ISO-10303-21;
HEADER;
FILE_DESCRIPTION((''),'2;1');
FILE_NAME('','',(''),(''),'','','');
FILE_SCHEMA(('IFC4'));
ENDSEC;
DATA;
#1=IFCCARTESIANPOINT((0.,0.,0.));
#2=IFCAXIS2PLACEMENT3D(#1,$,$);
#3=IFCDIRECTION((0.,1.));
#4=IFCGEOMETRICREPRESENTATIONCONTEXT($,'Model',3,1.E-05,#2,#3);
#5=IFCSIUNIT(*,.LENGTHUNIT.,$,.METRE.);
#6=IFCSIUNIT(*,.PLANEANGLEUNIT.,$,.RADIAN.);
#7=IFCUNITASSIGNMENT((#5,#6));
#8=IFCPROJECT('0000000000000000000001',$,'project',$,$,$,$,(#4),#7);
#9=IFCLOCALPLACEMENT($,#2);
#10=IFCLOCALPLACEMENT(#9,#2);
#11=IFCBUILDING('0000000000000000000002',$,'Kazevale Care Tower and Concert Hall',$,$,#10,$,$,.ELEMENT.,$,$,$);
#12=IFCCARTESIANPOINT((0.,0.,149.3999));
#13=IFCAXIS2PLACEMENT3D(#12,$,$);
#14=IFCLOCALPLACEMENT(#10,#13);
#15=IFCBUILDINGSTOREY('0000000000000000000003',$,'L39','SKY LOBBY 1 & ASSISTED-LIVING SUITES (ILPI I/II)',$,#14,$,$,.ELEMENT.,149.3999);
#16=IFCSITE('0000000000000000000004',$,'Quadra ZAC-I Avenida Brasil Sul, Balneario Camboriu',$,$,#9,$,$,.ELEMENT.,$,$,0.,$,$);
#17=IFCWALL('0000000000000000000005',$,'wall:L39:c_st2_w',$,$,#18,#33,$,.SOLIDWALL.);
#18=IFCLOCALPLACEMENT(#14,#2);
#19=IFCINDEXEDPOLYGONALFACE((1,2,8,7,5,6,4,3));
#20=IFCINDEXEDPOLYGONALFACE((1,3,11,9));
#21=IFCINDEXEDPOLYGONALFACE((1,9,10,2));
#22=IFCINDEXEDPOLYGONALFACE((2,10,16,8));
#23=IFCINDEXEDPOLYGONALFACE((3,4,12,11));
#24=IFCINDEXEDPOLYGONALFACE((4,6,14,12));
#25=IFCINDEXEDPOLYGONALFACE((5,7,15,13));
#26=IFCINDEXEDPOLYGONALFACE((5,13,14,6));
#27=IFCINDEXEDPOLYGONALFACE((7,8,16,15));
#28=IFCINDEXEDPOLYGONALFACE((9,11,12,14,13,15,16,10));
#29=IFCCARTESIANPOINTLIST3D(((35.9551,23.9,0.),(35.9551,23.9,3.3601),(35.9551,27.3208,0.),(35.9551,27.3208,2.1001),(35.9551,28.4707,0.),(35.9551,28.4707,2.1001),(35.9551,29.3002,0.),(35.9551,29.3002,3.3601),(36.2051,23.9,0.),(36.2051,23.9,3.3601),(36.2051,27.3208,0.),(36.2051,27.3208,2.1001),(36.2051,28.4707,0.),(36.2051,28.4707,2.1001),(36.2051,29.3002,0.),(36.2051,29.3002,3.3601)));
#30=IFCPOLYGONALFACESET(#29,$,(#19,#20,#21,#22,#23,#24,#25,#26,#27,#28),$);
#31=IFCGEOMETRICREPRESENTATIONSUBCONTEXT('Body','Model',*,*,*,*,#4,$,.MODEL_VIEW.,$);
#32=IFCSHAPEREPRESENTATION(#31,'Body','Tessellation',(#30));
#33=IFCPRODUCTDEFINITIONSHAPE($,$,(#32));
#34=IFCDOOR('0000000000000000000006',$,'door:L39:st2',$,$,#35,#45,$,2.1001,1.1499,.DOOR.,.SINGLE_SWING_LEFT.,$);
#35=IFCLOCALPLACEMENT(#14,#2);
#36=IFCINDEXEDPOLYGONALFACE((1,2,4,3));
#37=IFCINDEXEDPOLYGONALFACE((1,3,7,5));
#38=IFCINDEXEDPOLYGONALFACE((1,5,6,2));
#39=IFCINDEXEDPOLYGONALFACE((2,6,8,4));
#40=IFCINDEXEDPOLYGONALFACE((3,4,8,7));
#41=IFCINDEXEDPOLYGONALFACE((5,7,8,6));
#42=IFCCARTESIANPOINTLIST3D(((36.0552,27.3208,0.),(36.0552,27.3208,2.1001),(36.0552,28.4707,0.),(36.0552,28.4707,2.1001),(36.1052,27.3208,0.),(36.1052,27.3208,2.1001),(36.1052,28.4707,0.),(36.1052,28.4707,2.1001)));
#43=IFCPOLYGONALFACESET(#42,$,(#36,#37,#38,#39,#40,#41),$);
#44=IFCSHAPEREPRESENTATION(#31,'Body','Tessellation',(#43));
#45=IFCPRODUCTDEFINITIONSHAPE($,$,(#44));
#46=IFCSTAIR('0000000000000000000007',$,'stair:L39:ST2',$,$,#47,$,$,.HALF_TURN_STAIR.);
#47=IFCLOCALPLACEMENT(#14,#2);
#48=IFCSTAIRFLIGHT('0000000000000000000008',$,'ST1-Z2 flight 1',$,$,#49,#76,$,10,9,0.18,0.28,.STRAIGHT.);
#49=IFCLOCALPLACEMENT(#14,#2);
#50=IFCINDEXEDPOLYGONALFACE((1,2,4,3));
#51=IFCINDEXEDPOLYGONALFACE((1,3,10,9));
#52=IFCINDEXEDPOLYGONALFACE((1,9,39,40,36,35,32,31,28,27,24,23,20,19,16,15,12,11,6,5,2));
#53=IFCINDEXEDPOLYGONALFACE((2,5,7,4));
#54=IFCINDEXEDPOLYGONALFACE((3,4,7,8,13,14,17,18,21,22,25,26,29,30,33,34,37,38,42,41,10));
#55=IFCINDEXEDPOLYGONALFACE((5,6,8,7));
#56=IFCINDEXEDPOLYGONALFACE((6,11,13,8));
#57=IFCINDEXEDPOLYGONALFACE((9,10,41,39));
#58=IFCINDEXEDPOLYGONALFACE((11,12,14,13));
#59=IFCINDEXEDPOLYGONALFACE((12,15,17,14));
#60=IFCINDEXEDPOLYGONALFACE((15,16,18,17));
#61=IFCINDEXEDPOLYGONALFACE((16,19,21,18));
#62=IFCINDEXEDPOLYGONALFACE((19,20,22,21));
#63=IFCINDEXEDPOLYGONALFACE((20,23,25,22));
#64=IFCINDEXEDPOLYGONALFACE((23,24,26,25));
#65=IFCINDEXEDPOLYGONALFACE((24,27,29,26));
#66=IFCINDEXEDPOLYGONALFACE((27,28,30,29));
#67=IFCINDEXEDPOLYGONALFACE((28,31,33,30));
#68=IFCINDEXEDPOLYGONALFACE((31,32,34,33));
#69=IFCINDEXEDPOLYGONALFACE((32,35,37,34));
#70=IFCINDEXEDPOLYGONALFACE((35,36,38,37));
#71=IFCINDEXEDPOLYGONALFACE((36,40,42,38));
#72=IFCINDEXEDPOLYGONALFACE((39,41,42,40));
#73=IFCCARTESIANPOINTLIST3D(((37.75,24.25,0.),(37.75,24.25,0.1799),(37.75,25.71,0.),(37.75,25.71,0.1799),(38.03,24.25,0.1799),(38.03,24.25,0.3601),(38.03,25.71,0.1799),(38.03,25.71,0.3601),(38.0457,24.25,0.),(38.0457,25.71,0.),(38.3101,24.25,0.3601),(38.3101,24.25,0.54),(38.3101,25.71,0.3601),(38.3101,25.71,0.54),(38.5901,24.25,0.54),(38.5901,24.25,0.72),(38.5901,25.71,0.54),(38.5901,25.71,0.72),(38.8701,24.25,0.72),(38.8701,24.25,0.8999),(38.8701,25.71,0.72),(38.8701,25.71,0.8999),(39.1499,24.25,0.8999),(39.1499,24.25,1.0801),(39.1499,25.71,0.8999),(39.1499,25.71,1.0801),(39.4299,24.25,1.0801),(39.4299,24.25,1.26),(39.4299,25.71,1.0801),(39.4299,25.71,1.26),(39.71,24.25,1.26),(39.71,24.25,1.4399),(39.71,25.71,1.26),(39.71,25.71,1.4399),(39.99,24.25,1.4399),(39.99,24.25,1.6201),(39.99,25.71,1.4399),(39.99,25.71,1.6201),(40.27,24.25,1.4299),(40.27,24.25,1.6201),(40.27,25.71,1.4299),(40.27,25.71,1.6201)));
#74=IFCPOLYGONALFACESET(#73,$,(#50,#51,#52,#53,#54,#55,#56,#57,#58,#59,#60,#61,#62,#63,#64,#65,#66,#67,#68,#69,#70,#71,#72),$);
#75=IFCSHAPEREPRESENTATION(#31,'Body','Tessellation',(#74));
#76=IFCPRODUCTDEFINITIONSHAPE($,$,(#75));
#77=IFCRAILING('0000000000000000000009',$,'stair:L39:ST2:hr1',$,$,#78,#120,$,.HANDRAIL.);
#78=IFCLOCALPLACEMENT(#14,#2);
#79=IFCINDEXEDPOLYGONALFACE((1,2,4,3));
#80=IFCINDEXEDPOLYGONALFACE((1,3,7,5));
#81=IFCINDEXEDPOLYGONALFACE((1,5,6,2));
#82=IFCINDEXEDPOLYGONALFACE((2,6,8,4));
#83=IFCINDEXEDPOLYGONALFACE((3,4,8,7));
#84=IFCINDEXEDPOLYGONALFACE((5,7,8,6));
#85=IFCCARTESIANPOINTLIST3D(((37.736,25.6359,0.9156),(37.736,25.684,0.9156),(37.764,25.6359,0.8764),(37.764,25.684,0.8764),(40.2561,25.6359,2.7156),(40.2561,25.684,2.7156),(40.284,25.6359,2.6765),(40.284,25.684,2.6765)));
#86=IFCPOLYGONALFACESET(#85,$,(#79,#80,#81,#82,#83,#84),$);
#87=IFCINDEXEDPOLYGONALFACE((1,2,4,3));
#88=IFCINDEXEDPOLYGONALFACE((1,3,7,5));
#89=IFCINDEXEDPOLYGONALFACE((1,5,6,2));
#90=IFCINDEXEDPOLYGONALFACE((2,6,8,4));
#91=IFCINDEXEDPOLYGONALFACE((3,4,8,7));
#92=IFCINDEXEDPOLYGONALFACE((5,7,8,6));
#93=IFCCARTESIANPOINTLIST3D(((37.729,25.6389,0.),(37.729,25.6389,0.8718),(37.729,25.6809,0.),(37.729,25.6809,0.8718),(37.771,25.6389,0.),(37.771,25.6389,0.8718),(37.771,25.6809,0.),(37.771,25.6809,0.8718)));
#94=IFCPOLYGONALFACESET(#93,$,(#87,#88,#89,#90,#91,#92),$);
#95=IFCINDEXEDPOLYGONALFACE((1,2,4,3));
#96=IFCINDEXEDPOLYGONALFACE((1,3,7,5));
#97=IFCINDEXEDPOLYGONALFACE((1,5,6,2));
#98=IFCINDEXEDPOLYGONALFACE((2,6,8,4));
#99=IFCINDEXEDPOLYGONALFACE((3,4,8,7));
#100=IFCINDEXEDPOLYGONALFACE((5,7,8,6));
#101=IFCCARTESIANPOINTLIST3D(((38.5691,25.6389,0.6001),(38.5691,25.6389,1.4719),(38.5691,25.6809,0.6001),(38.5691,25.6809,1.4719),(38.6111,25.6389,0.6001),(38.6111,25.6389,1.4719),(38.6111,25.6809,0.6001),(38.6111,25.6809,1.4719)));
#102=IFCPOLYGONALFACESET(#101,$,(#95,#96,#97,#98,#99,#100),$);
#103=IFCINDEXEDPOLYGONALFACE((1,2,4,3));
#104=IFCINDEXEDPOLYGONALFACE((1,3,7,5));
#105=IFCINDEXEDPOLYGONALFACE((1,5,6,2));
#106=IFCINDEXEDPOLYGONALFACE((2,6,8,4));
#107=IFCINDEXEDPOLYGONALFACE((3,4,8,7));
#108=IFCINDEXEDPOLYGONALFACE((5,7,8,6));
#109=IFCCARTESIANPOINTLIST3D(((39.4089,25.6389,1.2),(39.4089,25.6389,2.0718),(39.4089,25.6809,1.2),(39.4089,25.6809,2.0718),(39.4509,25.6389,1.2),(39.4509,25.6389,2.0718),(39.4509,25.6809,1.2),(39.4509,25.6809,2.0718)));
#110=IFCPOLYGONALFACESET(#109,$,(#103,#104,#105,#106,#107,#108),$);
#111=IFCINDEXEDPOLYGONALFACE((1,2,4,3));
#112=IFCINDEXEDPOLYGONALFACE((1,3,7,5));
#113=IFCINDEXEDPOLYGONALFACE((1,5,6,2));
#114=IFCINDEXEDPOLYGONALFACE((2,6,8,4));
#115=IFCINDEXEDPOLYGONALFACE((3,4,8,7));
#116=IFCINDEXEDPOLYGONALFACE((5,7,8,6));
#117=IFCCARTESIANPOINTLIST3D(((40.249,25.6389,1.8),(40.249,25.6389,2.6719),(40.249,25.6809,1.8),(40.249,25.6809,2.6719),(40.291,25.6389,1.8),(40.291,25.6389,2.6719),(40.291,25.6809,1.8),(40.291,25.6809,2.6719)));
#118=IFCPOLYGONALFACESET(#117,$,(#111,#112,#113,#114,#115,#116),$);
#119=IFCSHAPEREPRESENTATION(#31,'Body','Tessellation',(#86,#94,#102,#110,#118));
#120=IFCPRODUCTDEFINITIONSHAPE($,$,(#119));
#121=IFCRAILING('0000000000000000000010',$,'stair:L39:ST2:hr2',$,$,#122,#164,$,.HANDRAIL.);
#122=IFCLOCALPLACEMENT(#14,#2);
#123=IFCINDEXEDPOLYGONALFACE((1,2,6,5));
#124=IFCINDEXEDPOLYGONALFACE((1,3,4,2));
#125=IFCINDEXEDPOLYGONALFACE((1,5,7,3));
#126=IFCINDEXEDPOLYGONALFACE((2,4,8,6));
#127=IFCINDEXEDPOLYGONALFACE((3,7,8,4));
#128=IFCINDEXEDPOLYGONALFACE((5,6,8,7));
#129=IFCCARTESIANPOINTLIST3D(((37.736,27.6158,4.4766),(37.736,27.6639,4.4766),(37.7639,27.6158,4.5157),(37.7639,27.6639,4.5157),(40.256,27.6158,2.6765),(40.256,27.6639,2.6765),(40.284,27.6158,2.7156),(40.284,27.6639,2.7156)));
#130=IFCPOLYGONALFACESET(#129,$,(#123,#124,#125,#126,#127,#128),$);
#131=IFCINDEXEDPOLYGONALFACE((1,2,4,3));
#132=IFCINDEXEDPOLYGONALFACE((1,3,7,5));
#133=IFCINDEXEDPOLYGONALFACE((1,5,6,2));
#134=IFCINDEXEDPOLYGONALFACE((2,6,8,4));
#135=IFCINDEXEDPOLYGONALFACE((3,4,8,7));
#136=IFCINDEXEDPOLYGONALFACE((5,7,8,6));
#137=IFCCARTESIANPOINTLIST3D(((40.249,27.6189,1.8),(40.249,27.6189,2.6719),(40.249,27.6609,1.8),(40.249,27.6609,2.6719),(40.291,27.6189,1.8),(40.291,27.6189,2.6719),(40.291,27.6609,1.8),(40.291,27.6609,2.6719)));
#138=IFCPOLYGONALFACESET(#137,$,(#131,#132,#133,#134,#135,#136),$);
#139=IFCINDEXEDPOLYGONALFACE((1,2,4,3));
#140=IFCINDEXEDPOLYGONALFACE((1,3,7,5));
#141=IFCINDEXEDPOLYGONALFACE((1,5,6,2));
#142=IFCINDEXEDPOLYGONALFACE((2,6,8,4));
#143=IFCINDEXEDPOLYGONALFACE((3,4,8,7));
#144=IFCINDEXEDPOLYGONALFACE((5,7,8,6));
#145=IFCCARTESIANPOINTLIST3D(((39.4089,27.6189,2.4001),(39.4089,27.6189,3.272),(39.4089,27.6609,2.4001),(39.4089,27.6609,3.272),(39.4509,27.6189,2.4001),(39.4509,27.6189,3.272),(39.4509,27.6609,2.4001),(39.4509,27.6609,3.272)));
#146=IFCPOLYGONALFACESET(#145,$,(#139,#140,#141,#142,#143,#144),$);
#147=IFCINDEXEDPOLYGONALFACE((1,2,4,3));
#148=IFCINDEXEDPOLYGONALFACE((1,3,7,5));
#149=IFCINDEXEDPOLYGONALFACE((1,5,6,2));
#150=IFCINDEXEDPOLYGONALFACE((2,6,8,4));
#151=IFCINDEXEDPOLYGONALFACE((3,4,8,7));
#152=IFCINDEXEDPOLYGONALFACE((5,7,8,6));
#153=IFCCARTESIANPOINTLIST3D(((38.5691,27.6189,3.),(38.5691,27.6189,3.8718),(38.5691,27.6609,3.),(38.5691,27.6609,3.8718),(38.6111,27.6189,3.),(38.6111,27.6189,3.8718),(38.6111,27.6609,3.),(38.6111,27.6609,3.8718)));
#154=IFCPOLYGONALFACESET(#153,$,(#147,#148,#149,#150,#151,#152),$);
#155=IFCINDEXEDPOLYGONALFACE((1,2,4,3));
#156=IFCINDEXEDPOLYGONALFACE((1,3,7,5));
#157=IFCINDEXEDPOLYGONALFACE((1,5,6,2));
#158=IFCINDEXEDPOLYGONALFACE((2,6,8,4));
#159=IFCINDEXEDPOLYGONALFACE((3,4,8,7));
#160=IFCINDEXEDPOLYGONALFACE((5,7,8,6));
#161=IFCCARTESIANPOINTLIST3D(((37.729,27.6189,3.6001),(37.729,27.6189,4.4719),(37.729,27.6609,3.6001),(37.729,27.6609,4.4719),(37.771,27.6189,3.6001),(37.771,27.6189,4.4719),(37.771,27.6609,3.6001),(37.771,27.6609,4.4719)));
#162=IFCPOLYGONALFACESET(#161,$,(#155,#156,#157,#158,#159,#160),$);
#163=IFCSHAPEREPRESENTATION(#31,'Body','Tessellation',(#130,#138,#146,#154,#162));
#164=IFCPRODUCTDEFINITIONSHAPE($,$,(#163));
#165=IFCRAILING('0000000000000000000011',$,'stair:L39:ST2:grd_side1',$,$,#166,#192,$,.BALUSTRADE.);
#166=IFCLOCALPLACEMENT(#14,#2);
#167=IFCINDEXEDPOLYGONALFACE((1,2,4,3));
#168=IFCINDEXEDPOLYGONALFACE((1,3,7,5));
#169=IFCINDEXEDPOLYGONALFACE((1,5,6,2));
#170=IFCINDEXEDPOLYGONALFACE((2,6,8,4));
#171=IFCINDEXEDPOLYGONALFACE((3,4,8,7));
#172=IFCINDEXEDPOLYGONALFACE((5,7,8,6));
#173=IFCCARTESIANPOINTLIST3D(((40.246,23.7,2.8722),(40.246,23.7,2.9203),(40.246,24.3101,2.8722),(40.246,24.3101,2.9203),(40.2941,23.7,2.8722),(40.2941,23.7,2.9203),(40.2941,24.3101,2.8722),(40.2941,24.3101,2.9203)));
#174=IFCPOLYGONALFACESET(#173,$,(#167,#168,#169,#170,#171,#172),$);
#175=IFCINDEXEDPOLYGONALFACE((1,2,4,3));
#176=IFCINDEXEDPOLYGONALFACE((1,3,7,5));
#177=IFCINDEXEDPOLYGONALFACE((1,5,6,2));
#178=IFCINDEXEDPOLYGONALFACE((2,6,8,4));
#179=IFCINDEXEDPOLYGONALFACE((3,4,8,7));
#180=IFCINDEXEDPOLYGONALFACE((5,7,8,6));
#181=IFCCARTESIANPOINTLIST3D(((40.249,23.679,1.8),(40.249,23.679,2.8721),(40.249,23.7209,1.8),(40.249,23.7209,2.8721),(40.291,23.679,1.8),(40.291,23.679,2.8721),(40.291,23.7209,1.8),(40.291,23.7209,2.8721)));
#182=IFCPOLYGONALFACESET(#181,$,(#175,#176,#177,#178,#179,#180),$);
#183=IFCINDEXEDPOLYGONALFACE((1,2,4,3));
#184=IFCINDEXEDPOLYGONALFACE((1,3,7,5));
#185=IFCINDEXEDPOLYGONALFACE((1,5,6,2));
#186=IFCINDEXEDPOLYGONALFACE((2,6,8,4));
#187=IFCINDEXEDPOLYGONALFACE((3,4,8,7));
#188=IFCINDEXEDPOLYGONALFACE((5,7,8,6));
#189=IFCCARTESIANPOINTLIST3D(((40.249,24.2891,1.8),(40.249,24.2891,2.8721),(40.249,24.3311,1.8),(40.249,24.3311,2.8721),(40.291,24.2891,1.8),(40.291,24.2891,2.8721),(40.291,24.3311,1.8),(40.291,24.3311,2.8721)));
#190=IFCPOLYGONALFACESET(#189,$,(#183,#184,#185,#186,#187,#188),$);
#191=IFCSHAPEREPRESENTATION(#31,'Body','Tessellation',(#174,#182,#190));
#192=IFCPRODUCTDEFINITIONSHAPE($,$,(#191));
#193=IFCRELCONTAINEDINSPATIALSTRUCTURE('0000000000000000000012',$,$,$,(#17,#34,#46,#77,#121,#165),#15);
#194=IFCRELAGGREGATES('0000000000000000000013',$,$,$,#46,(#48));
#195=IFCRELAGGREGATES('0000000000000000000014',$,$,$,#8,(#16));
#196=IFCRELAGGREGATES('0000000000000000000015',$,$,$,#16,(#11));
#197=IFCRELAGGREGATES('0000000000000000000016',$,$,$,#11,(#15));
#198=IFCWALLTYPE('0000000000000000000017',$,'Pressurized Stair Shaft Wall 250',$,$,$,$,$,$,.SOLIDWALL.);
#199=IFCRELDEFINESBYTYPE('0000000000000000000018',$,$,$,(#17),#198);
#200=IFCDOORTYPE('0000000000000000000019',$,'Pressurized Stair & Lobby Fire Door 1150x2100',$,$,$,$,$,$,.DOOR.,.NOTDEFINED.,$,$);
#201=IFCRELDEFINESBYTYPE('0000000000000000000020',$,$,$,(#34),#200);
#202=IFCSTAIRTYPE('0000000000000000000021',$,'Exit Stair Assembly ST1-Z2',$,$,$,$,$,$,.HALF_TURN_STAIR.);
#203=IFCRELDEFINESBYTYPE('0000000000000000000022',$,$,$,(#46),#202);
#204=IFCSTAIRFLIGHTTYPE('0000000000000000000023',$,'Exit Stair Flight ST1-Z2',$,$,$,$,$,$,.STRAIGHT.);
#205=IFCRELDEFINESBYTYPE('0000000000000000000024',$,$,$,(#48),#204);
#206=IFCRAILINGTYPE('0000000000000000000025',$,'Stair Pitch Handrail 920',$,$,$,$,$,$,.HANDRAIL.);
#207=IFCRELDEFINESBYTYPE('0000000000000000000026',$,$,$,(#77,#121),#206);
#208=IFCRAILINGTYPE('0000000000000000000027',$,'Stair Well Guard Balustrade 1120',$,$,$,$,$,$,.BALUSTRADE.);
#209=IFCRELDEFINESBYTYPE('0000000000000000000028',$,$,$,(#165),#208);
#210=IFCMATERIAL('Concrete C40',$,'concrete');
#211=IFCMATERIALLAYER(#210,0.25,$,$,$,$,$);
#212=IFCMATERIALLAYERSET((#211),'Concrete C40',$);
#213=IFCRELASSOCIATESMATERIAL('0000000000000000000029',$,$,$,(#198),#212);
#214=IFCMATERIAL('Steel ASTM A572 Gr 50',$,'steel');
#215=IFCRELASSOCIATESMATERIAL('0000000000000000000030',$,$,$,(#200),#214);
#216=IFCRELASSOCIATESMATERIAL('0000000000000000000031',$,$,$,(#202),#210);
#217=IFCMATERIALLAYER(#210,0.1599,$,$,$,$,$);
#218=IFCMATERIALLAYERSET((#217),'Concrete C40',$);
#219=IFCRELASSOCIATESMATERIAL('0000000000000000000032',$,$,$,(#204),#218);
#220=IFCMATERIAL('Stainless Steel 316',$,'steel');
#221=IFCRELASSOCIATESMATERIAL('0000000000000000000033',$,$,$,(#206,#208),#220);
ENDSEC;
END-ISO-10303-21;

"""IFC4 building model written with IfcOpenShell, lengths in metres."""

from ifc_helpers import new_model, si_unit, direction, frame, frame_2d, origin, origin_2d, place, context, subcontext, project, spatial, polyline, rectangle, outline, extrude, material, layer, layer_set, type_object, element, fill, aggregate, save


model = new_model("IFC4")

# Units and contexts
model_context = context("Model", 3, precision=1e-05, world=origin(), true_north=direction((0.0, 1.0)))
body_context = subcontext(model_context, "Body", "Model", "MODEL_VIEW")
ifc_project = project(units=[si_unit("LENGTHUNIT", "METRE"), si_unit("PLANEANGLEUNIT", "RADIAN")], contexts=[model_context])

# Site, building, storey
site_placement = place(None, origin())
site = spatial("IfcSite", under=ifc_project, at=site_placement, Name="Quadra ZAC-I Avenida Brasil Sul, Balneario Camboriu", CompositionType="ELEMENT", RefElevation=0.0)
building_placement = place(site_placement, origin())
building = spatial("IfcBuilding", under=site, at=building_placement, Name="Kazevale Care Tower and Concert Hall", CompositionType="ELEMENT")
storey_placement = place(building_placement, frame((0.0, 0.0, 149.3999)))
storey = spatial("IfcBuildingStorey", under=building, at=storey_placement, Name="L39", Description="SKY LOBBY 1 & ASSISTED-LIVING SUITES (ILPI I/II)", CompositionType="ELEMENT", Elevation=149.3999)

# Shared definitions
ifc_material_1 = material(Name="Steel ASTM A572 Gr 50", Category="steel")

# Wall, opening, door
ifc_material_2 = material(Name="Concrete C40", Category="concrete")
ifc_layer_1 = layer(ifc_material_2, 0.25)
ifc_layer_set_1 = layer_set([ifc_layer_1], Name="Concrete C40")
wall_type_1 = type_object("IfcWallType", Name="Pressurized Stair Shaft Wall 250", PredefinedType="SOLIDWALL", material=ifc_layer_set_1)
wall_1_placement = place(storey_placement, frame((36.0801, 23.8999, 0.0), z_axis=(0.0, 0.0, 1.0), x_axis=(0.0, 1.0, 0.0)))
wall_1 = element("IfcWall", 1, at=wall_1_placement, inside=storey, type_object=wall_type_1, Name="wall:L39:c_st2_w", PredefinedType="SOLIDWALL", context=body_context, shape_type="SweptSolid", body=[
    extrude(rectangle(XDim=5.4001, YDim=0.25, at=frame_2d((2.7002, 0.0))), origin(), (0.0, 0.0, 1.0), 3.3601),
])
opening_1_placement = place(wall_1_placement, frame((3.4209, 0.0, 0.0)))
opening_1 = element("IfcOpeningElement", 2, at=opening_1_placement, cuts=wall_1, PredefinedType="OPENING", context=body_context, shape_type="SweptSolid", body=[
    extrude(rectangle(XDim=1.1499, YDim=2.1001, at=frame_2d((0.575, 1.05))), frame((0.0, 0.135, 0.0), z_axis=(0.0, -1.0, 0.0), x_axis=(1.0, 0.0, 0.0)), (0.0, 0.0, 1.0), 0.27),
])
door_type_1 = type_object("IfcDoorType", Name="Pressurized Stair & Lobby Fire Door 1150x2100", OperationType="NOTDEFINED", PredefinedType="DOOR", material=ifc_material_1)
door_1_placement = place(opening_1_placement, origin())
door_1 = element("IfcDoor", 3, at=door_1_placement, inside=storey, type_object=door_type_1, Name="door:L39:st2", OperationType="SINGLE_SWING_LEFT", OverallHeight=2.1001, OverallWidth=1.1499, PredefinedType="DOOR", context=body_context, shape_type="SweptSolid", body=[
    extrude(rectangle(XDim=1.1499, YDim=2.1001, at=frame_2d((0.575, 1.05))), frame((0.0, 0.0249, 0.0), z_axis=(0.0, -1.0, 0.0), x_axis=(1.0, 0.0, 0.0)), (0.0, 0.0, 1.0), 0.05),
])
fill(opening_1, door_1)

# Stair, stair flight
stair_type = type_object("IfcStairType", Name="Exit Stair Assembly ST1-Z2", PredefinedType="HALF_TURN_STAIR", material=ifc_material_2)
stair_placement = place(storey_placement, origin())
stair = element("IfcStair", 4, at=stair_placement, inside=storey, type_object=stair_type, Name="stair:L39:ST2", PredefinedType="HALF_TURN_STAIR")
ifc_layer_2 = layer(ifc_material_2, 0.1599)
ifc_layer_set_2 = layer_set([ifc_layer_2], Name="Concrete C40")
stair_flight_type = type_object("IfcStairFlightType", Name="Exit Stair Flight ST1-Z2", PredefinedType="STRAIGHT", material=ifc_layer_set_2)
stair_flight_placement = place(storey_placement, frame((37.75, 24.98, 0.0), z_axis=(0.0, 0.0, 1.0), x_axis=(1.0, 0.0, 0.0)))
stair_flight = element("IfcStairFlight", 5, at=stair_flight_placement, type_object=stair_flight_type, Name="ST1-Z2 flight 1", NumberOfRisers=10, NumberOfTreads=9, PredefinedType="STRAIGHT", RiserHeight=0.18, TreadLength=0.28, context=body_context, shape_type="SweptSolid", body=[
    extrude(outline(polyline([(0.0, 0.0), (0.0, 0.1799), (0.28, 0.1799), (0.28, 0.3601), (0.5601, 0.3601), (0.5601, 0.54), (0.8401, 0.54), (0.8401, 0.72), (1.1201, 0.72), (1.1201, 0.8999), (1.3999, 0.8999), (1.3999, 1.0801), (1.6799, 1.0801), (1.6799, 1.26), (1.96, 1.26), (1.96, 1.4399), (2.24, 1.4399), (2.24, 1.6201), (2.52, 1.6201), (2.52, 1.8), (2.52, 1.4299), (0.2957, 0.0), (0.0, 0.0)])), frame((0.0, 0.73, 0.0), z_axis=(0.0, -1.0, 0.0), x_axis=(1.0, 0.0, 0.0)), (0.0, 0.0, 1.0), 1.46),
])
aggregate(stair, [stair_flight])

# Railings
ifc_material_3 = material(Name="Stainless Steel 316", Category="steel")
railing_type_1 = type_object("IfcRailingType", Name="Stair Pitch Handrail 920", PredefinedType="HANDRAIL", material=ifc_material_3)
railing_1_placement = place(storey_placement, frame((37.75, 25.6599, 0.0)))
element("IfcRailing", 6, at=railing_1_placement, inside=storey, type_object=railing_type_1, Name="stair:L39:ST2:hr1", PredefinedType="HANDRAIL", context=body_context, shape_type="SweptSolid", body=[
    extrude(rectangle(XDim=0.0481, YDim=0.0481, at=origin_2d()), frame((0.0, 0.0, 0.896), z_axis=(0.813728, 0.0, 0.581246), x_axis=(0.0, 1.0, 0.0)), (0.0, 0.0, 1.0), 3.0969),
    extrude(rectangle(XDim=0.042, YDim=0.042, at=origin_2d()), origin(), (0.0, 0.0, 1.0), 0.8718),
    extrude(rectangle(XDim=0.042, YDim=0.042, at=origin_2d()), frame((0.8401, 0.0, 0.6001)), (0.0, 0.0, 1.0), 0.8718),
    extrude(rectangle(XDim=0.042, YDim=0.042, at=origin_2d()), frame((1.6799, 0.0, 1.2)), (0.0, 0.0, 1.0), 0.8718),
    extrude(rectangle(XDim=0.042, YDim=0.042, at=origin_2d()), frame((2.52, 0.0, 1.8)), (0.0, 0.0, 1.0), 0.8718),
])
railing_2_placement = place(storey_placement, frame((40.27, 27.6399, 1.8)))
element("IfcRailing", 7, at=railing_2_placement, inside=storey, type_object=railing_type_1, Name="stair:L39:ST2:hr2", PredefinedType="HANDRAIL", context=body_context, shape_type="SweptSolid", body=[
    extrude(rectangle(XDim=0.0481, YDim=0.0481, at=origin_2d()), frame((0.0, 0.0, 0.896), z_axis=(-0.813728, 0.0, 0.581246), x_axis=(0.0, -1.0, 0.0)), (0.0, 0.0, 1.0), 3.0969),
    extrude(rectangle(XDim=0.042, YDim=0.042, at=origin_2d()), origin(), (0.0, 0.0, 1.0), 0.8718),
    extrude(rectangle(XDim=0.042, YDim=0.042, at=origin_2d()), frame((-0.8401, 0.0, 0.6001)), (0.0, 0.0, 1.0), 0.8718),
    extrude(rectangle(XDim=0.042, YDim=0.042, at=origin_2d()), frame((-1.6799, 0.0, 1.2)), (0.0, 0.0, 1.0), 0.8718),
    extrude(rectangle(XDim=0.042, YDim=0.042, at=origin_2d()), frame((-2.52, 0.0, 1.8)), (0.0, 0.0, 1.0), 0.8718),
])
railing_type_2 = type_object("IfcRailingType", Name="Stair Well Guard Balustrade 1120", PredefinedType="BALUSTRADE", material=ifc_material_3)
railing_3_placement = place(storey_placement, frame((40.27, 23.7, 1.8)))
element("IfcRailing", 8, at=railing_3_placement, inside=storey, type_object=railing_type_2, Name="stair:L39:ST2:grd_side1", PredefinedType="BALUSTRADE", context=body_context, shape_type="SweptSolid", body=[
    extrude(rectangle(XDim=0.0481, YDim=0.0481, at=origin_2d()), frame((0.0, 0.0, 1.0962), z_axis=(0.0, 1.0, 0.0), x_axis=(-1.0, 0.0, 0.0)), (0.0, 0.0, 1.0), 0.6101),
    extrude(rectangle(XDim=0.042, YDim=0.042, at=origin_2d()), origin(), (0.0, 0.0, 1.0), 1.072),
    extrude(rectangle(XDim=0.042, YDim=0.042, at=origin_2d()), frame((0.0, 0.6101, 0.0)), (0.0, 0.0, 1.0), 1.072),
])

save(model, "model.ifc")
